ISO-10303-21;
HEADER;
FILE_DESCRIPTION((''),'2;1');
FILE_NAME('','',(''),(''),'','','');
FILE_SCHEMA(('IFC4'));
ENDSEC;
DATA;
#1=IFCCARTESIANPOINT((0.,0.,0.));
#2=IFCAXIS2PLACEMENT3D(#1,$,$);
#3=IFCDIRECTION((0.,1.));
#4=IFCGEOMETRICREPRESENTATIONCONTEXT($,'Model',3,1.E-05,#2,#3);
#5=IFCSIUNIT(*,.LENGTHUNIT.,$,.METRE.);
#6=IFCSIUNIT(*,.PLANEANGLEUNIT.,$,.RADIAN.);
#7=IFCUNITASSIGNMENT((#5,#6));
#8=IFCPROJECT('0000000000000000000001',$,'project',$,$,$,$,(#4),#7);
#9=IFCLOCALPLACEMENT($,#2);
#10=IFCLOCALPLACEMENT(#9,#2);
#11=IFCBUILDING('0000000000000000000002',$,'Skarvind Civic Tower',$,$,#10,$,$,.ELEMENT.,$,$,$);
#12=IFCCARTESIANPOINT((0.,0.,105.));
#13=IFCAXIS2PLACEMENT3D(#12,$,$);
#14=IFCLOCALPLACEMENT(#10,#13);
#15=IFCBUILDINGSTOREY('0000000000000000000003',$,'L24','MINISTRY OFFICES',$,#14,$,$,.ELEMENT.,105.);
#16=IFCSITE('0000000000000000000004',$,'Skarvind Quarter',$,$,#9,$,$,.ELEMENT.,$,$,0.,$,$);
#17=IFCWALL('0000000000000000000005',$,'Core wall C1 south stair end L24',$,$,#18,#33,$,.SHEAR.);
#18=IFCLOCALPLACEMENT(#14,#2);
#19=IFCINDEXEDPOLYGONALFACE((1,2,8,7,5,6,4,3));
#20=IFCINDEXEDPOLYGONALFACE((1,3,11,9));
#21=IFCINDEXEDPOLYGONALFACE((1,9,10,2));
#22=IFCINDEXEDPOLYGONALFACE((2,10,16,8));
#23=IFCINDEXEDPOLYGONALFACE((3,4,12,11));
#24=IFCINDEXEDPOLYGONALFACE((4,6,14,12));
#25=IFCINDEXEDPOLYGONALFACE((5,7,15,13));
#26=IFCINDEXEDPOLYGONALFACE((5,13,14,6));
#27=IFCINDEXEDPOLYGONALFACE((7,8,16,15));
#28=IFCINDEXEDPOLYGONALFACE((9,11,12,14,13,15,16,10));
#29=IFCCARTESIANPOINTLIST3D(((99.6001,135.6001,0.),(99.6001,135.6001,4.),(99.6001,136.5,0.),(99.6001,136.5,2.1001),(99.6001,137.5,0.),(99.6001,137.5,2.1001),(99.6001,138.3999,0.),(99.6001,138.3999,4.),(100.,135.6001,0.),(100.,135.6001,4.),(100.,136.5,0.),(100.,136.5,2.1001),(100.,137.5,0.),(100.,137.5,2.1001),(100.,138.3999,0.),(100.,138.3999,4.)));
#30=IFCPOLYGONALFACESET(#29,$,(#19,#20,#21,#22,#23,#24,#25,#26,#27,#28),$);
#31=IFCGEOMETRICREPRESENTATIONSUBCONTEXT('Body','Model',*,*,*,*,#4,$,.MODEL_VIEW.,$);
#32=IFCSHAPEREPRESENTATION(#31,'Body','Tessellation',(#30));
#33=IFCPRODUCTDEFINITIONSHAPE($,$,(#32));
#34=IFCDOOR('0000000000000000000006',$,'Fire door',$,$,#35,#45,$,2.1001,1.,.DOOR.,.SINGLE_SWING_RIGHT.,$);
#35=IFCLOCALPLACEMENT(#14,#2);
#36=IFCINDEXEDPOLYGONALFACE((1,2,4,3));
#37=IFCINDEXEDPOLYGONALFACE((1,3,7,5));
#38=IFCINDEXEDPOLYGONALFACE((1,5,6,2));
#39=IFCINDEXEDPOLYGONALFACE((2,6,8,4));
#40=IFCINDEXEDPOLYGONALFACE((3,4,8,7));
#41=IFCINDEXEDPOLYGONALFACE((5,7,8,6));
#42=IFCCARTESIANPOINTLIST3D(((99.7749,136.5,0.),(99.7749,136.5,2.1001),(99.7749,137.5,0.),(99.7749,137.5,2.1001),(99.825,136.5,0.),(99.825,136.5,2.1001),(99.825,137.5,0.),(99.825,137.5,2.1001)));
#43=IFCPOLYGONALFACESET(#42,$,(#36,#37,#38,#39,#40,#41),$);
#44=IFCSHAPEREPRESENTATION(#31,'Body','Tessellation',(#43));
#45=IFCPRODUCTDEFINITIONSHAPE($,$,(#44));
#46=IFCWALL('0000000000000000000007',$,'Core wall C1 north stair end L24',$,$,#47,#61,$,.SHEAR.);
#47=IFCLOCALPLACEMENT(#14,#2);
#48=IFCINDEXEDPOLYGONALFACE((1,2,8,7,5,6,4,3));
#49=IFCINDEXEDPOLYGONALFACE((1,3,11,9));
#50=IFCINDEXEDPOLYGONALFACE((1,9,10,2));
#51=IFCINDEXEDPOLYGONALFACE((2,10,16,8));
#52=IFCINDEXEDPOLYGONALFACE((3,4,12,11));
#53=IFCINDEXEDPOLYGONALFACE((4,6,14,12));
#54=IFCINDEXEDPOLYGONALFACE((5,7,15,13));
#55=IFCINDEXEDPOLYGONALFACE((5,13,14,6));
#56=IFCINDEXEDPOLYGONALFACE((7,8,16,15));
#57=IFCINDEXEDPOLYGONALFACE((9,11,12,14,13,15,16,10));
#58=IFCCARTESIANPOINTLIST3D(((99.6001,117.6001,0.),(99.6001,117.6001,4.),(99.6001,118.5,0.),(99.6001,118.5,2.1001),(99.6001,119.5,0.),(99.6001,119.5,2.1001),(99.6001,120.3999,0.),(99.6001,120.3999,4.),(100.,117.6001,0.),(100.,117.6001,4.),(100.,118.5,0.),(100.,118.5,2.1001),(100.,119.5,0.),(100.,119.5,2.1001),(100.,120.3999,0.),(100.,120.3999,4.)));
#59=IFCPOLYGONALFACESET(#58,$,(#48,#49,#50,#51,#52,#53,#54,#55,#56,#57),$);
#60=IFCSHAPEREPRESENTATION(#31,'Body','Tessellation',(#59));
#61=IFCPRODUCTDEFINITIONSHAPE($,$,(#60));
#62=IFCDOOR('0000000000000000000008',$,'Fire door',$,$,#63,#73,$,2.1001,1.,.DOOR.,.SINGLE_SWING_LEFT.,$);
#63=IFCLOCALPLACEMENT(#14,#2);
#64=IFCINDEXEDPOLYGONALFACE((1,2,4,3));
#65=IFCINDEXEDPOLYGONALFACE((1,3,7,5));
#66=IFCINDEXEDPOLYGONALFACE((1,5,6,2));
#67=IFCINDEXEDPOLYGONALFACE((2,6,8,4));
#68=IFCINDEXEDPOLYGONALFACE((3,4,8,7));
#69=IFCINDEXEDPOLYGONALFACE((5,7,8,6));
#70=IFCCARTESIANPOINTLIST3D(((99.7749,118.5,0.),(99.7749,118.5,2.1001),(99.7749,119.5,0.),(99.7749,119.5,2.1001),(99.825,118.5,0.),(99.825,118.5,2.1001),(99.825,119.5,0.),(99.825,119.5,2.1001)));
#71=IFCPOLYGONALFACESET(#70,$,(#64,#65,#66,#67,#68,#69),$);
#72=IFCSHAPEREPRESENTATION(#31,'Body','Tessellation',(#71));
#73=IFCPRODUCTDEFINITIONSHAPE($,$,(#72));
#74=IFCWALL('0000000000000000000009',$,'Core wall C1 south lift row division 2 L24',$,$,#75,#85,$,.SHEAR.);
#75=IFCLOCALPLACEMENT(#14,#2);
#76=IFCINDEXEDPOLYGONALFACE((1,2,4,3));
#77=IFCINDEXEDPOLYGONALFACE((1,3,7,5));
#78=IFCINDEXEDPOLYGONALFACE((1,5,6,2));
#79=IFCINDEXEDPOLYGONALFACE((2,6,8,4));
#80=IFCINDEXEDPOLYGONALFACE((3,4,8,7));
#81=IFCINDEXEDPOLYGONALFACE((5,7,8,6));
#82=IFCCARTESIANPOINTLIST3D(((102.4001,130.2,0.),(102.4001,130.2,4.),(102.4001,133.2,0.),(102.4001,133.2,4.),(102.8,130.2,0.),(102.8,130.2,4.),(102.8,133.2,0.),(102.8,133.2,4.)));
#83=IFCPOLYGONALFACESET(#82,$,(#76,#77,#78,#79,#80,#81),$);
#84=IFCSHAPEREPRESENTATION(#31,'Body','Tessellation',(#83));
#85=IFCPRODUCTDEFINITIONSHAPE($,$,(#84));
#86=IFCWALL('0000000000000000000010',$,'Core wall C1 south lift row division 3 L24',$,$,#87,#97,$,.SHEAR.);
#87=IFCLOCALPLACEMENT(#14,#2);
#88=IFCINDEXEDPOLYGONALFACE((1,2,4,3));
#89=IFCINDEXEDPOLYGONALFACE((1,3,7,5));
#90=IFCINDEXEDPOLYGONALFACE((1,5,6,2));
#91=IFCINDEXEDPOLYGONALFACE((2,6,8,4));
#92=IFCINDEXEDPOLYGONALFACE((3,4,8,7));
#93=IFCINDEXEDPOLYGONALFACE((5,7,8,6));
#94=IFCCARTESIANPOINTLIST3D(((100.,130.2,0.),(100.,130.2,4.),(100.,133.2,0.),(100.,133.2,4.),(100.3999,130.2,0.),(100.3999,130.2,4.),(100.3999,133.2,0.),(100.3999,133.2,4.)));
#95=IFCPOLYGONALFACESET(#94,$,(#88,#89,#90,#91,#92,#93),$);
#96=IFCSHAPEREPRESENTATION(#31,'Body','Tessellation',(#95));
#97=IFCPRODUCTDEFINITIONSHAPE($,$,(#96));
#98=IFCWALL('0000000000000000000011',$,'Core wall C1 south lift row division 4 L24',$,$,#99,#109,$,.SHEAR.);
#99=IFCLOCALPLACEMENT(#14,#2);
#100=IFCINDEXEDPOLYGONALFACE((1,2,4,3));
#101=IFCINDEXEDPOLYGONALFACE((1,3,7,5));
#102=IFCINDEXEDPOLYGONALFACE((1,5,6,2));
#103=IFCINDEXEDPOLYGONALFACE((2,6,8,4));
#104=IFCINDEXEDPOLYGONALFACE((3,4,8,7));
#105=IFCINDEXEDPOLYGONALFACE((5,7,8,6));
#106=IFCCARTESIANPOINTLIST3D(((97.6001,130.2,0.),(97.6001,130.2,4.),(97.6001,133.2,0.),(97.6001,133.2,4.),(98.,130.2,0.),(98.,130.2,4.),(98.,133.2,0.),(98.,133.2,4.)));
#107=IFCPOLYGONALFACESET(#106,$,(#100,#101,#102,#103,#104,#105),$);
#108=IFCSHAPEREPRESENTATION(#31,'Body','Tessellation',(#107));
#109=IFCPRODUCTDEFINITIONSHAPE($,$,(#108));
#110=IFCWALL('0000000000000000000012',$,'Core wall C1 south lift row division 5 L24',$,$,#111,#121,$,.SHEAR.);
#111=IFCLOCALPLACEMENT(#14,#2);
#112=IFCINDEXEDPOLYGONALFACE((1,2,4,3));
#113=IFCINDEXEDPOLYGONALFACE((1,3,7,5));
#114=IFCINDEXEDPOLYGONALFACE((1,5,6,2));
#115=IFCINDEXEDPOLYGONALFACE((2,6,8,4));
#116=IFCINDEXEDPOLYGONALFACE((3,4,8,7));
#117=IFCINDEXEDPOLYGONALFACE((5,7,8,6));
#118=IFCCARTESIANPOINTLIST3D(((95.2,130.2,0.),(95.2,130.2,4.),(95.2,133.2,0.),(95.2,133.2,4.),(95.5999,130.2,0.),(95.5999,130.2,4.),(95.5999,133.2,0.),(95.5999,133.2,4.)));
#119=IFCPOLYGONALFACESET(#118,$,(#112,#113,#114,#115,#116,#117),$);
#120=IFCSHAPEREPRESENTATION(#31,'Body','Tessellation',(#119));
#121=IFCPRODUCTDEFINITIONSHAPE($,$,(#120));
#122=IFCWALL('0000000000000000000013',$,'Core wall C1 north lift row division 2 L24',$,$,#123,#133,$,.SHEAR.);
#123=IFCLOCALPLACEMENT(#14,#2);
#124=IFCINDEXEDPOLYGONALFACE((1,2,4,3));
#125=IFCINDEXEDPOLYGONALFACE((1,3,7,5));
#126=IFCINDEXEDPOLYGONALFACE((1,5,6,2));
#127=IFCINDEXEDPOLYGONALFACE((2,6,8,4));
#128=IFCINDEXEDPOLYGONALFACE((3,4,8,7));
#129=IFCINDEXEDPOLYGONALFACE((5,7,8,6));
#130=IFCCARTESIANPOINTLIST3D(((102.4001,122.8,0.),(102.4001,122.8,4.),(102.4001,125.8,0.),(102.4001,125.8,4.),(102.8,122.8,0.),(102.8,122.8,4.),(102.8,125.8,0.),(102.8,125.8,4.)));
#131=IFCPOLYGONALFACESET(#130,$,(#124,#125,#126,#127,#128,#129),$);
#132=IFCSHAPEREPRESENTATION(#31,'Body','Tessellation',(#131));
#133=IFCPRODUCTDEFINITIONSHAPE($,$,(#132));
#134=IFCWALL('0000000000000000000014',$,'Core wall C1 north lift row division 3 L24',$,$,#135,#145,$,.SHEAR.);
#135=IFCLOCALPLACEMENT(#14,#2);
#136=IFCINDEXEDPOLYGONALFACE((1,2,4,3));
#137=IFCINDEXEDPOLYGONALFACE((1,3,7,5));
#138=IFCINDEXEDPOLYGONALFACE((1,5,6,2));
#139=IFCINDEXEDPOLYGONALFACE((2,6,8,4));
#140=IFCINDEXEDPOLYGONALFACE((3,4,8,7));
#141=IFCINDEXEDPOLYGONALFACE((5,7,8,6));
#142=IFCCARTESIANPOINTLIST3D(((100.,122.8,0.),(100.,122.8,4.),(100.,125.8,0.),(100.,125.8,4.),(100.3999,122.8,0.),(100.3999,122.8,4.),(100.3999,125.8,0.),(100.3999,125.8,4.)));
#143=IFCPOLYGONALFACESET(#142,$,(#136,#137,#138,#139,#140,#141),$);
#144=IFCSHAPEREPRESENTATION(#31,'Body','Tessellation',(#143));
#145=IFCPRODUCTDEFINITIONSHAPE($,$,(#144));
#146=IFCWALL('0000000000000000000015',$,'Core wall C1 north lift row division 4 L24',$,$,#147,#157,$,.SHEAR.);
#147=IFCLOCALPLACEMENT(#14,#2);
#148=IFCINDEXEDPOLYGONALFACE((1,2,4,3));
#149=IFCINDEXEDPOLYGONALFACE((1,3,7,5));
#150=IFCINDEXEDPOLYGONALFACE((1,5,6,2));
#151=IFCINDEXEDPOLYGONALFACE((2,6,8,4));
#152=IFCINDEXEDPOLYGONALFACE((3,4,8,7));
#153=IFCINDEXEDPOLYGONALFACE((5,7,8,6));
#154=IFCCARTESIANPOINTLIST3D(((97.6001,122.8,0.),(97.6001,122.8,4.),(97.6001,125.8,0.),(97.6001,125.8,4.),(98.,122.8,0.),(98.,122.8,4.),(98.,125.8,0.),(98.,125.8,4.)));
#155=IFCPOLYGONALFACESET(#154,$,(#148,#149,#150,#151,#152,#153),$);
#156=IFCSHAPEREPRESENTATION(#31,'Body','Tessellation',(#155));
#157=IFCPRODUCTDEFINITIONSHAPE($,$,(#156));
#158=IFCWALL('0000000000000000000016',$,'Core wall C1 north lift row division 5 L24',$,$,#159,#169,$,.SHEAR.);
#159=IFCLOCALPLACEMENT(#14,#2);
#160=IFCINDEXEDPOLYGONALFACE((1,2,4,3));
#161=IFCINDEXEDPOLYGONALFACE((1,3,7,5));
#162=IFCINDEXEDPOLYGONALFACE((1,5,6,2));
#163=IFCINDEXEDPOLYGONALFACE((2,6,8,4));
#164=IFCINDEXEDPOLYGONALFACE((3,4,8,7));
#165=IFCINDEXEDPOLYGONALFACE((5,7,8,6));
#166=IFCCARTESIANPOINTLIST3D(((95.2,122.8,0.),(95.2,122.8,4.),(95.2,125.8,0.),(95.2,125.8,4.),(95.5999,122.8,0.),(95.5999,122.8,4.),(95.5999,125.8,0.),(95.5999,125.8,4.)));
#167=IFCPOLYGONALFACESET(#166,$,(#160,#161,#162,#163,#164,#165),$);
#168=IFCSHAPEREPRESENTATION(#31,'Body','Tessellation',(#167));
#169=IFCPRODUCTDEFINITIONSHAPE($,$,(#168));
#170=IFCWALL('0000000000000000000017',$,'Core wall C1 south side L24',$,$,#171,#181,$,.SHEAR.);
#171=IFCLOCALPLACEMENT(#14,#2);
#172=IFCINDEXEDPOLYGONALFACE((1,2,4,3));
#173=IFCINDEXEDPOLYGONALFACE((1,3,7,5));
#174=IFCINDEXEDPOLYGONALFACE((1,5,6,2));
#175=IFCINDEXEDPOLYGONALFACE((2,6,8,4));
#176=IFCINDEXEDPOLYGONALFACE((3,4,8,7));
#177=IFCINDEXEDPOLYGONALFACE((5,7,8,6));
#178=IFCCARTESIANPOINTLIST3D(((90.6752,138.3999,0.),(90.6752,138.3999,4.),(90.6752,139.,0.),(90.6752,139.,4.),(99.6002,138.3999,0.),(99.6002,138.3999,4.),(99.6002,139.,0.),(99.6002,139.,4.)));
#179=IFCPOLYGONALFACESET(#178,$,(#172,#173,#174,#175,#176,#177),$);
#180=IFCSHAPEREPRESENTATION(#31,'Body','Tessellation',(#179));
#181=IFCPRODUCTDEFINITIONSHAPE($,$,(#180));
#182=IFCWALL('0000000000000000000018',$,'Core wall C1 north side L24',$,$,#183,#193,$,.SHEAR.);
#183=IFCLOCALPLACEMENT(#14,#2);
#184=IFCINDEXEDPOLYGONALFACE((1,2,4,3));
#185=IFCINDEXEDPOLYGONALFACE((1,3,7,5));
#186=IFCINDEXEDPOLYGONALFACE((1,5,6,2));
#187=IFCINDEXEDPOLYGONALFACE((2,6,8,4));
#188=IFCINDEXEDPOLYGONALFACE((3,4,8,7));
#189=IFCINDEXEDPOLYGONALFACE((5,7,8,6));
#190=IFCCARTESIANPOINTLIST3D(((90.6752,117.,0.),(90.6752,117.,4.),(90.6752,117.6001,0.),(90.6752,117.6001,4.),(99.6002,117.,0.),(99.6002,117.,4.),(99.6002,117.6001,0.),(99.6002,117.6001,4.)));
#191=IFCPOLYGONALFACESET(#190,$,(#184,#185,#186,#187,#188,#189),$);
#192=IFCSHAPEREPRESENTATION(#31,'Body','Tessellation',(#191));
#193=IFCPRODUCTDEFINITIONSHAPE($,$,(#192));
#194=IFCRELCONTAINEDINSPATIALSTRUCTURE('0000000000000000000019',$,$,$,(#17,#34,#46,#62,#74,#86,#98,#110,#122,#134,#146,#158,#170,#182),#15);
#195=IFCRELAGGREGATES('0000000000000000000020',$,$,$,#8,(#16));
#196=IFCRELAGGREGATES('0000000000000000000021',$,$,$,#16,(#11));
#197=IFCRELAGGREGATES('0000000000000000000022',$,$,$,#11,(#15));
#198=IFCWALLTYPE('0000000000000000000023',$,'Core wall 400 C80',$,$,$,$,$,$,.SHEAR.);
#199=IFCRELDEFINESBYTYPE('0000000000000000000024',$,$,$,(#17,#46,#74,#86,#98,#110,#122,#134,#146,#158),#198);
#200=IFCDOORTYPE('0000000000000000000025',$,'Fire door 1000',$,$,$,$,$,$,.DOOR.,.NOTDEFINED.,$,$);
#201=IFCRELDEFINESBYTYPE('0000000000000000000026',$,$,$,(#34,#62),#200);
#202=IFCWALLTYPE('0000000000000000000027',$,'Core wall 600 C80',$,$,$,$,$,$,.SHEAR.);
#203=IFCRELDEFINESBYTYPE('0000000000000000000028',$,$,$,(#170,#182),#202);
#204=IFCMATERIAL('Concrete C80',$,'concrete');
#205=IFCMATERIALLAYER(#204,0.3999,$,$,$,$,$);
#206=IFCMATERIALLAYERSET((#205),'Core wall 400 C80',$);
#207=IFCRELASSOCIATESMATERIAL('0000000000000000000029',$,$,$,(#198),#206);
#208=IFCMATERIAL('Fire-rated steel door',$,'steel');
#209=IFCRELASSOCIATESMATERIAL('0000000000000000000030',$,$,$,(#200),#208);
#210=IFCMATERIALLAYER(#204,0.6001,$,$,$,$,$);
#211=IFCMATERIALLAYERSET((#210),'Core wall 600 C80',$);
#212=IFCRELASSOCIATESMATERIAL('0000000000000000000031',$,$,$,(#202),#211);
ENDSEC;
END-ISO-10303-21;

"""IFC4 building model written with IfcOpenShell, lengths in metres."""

from ifc_helpers import new_model, si_unit, direction, frame, frame_2d, origin, place, context, subcontext, project, spatial, rectangle, extrude, material, layer, layer_set, type_object, element, fill, save


model = new_model("IFC4")

# Units and contexts
model_context = context("Model", 3, precision=1e-05, world=origin(), true_north=direction((0.0, 1.0)))
body_context = subcontext(model_context, "Body", "Model", "MODEL_VIEW")
ifc_project = project(units=[si_unit("LENGTHUNIT", "METRE"), si_unit("PLANEANGLEUNIT", "RADIAN")], contexts=[model_context])

# Site, building, storey
site_placement = place(None, origin())
site = spatial("IfcSite", under=ifc_project, at=site_placement, Name="Skarvind Quarter", CompositionType="ELEMENT", RefElevation=0.0)
building_placement = place(site_placement, origin())
building = spatial("IfcBuilding", under=site, at=building_placement, Name="Skarvind Civic Tower", CompositionType="ELEMENT")
storey_placement = place(building_placement, frame((0.0, 0.0, 105.0)))
storey = spatial("IfcBuildingStorey", under=building, at=storey_placement, Name="L24", Description="MINISTRY OFFICES", CompositionType="ELEMENT", Elevation=105.0)

# Walls, openings, doors
ifc_material_1 = material(Name="Concrete C80", Category="concrete")
ifc_layer_1 = layer(ifc_material_1, 0.3999)
ifc_layer_set_1 = layer_set([ifc_layer_1], Name="Core wall 400 C80")
wall_type_1 = type_object("IfcWallType", Name="Core wall 400 C80", PredefinedType="SHEAR", material=ifc_layer_set_1)
wall_1_placement = place(storey_placement, frame((99.8, 138.3999, 0.0), z_axis=(0.0, 0.0, 1.0), x_axis=(0.0, -1.0, 0.0)))
wall_1 = element("IfcWall", 1, at=wall_1_placement, inside=storey, type_object=wall_type_1, Name="Core wall C1 south stair end L24", PredefinedType="SHEAR", context=body_context, shape_type="SweptSolid", body=[
    extrude(rectangle(XDim=2.7998, YDim=0.3999, at=frame_2d((1.3999, 0.0))), origin(), (0.0, 0.0, 1.0), 4.0),
])
opening_1_placement = place(wall_1_placement, frame((0.8999, 0.0, 0.0)))
opening_1 = element("IfcOpeningElement", 2, at=opening_1_placement, cuts=wall_1, PredefinedType="OPENING", context=body_context, shape_type="SweptSolid", body=[
    extrude(rectangle(XDim=1.0, YDim=2.1001, at=frame_2d((0.5, 1.05))), frame((0.0, 0.21, 0.0), z_axis=(0.0, -1.0, 0.0), x_axis=(1.0, 0.0, 0.0)), (0.0, 0.0, 1.0), 0.4199),
])
ifc_material_2 = material(Name="Fire-rated steel door", Category="steel")
door_type_1 = type_object("IfcDoorType", Name="Fire door 1000", OperationType="NOTDEFINED", PredefinedType="DOOR", material=ifc_material_2)
door_1_placement = place(opening_1_placement, origin())
door_1 = element("IfcDoor", 3, at=door_1_placement, inside=storey, type_object=door_type_1, Name="Fire door", OperationType="SINGLE_SWING_RIGHT", OverallHeight=2.1001, OverallWidth=1.0, PredefinedType="DOOR", context=body_context, shape_type="SweptSolid", body=[
    extrude(rectangle(XDim=1.0, YDim=2.1001, at=frame_2d((0.5, 1.05))), frame((0.0, 0.0249, 0.0), z_axis=(0.0, -1.0, 0.0), x_axis=(1.0, 0.0, 0.0)), (0.0, 0.0, 1.0), 0.05),
])
fill(opening_1, door_1)
wall_2_placement = place(storey_placement, frame((99.8, 120.3999, 0.0), z_axis=(0.0, 0.0, 1.0), x_axis=(0.0, -1.0, 0.0)))
wall_2 = element("IfcWall", 4, at=wall_2_placement, inside=storey, type_object=wall_type_1, Name="Core wall C1 north stair end L24", PredefinedType="SHEAR", context=body_context, shape_type="SweptSolid", body=[
    extrude(rectangle(XDim=2.7998, YDim=0.3999, at=frame_2d((1.3999, 0.0))), origin(), (0.0, 0.0, 1.0), 4.0),
])
opening_2_placement = place(wall_2_placement, frame((0.8999, 0.0, 0.0)))
opening_2 = element("IfcOpeningElement", 5, at=opening_2_placement, cuts=wall_2, PredefinedType="OPENING", context=body_context, shape_type="SweptSolid", body=[
    extrude(rectangle(XDim=1.0, YDim=2.1001, at=frame_2d((0.5, 1.05))), frame((0.0, 0.21, 0.0), z_axis=(0.0, -1.0, 0.0), x_axis=(1.0, 0.0, 0.0)), (0.0, 0.0, 1.0), 0.4199),
])
door_2_placement = place(opening_2_placement, origin())
door_2 = element("IfcDoor", 6, at=door_2_placement, inside=storey, type_object=door_type_1, Name="Fire door", OperationType="SINGLE_SWING_LEFT", OverallHeight=2.1001, OverallWidth=1.0, PredefinedType="DOOR", context=body_context, shape_type="SweptSolid", body=[
    extrude(rectangle(XDim=1.0, YDim=2.1001, at=frame_2d((0.5, 1.05))), frame((0.0, 0.0249, 0.0), z_axis=(0.0, -1.0, 0.0), x_axis=(1.0, 0.0, 0.0)), (0.0, 0.0, 1.0), 0.05),
])
fill(opening_2, door_2)

# Walls
for number, where, z_axis, x_axis, name in (
    (7, (102.6001, 133.2, 0.0), (0.0, 0.0, 1.0), (0.0, -1.0, 0.0), "Core wall C1 south lift row division 2 L24"),
    (8, (100.2, 133.2, 0.0), (0.0, 0.0, 1.0), (0.0, -1.0, 0.0), "Core wall C1 south lift row division 3 L24"),
    (9, (97.8, 133.2, 0.0), (0.0, 0.0, 1.0), (0.0, -1.0, 0.0), "Core wall C1 south lift row division 4 L24"),
    (10, (95.3999, 133.2, 0.0), (0.0, 0.0, 1.0), (0.0, -1.0, 0.0), "Core wall C1 south lift row division 5 L24"),
    (11, (102.6001, 125.8, 0.0), (0.0, 0.0, 1.0), (0.0, -1.0, 0.0), "Core wall C1 north lift row division 2 L24"),
    (12, (100.2, 125.8, 0.0), (0.0, 0.0, 1.0), (0.0, -1.0, 0.0), "Core wall C1 north lift row division 3 L24"),
    (13, (97.8, 125.8, 0.0), (0.0, 0.0, 1.0), (0.0, -1.0, 0.0), "Core wall C1 north lift row division 4 L24"),
    (14, (95.3999, 125.8, 0.0), (0.0, 0.0, 1.0), (0.0, -1.0, 0.0), "Core wall C1 north lift row division 5 L24"),
):
    element("IfcWall", number, at=place(storey_placement, frame(where, z_axis=z_axis, x_axis=x_axis)), inside=storey, type_object=wall_type_1, Name=name, PredefinedType="SHEAR", context=body_context, shape_type="SweptSolid", body=[
        extrude(rectangle(XDim=3.0, YDim=0.3999, at=frame_2d((1.5, 0.0))), origin(), (0.0, 0.0, 1.0), 4.0),
    ])
ifc_layer_2 = layer(ifc_material_1, 0.6001)
ifc_layer_set_2 = layer_set([ifc_layer_2], Name="Core wall 600 C80")
wall_type_2 = type_object("IfcWallType", Name="Core wall 600 C80", PredefinedType="SHEAR", material=ifc_layer_set_2)
for number, where, z_axis, x_axis, name in (
    (15, (99.6001, 138.7, 0.0), (0.0, 0.0, 1.0), (-1.0, 0.0, 0.0), "Core wall C1 south side L24"),
    (16, (99.6001, 117.3, 0.0), (0.0, 0.0, 1.0), (-1.0, 0.0, 0.0), "Core wall C1 north side L24"),
):
    element("IfcWall", number, at=place(storey_placement, frame(where, z_axis=z_axis, x_axis=x_axis)), inside=storey, type_object=wall_type_2, Name=name, PredefinedType="SHEAR", context=body_context, shape_type="SweptSolid", body=[
        extrude(rectangle(XDim=8.925, YDim=0.6001, at=frame_2d((4.4624, 0.0))), origin(), (0.0, 0.0, 1.0), 4.0),
    ])

save(model, "model.ifc")
